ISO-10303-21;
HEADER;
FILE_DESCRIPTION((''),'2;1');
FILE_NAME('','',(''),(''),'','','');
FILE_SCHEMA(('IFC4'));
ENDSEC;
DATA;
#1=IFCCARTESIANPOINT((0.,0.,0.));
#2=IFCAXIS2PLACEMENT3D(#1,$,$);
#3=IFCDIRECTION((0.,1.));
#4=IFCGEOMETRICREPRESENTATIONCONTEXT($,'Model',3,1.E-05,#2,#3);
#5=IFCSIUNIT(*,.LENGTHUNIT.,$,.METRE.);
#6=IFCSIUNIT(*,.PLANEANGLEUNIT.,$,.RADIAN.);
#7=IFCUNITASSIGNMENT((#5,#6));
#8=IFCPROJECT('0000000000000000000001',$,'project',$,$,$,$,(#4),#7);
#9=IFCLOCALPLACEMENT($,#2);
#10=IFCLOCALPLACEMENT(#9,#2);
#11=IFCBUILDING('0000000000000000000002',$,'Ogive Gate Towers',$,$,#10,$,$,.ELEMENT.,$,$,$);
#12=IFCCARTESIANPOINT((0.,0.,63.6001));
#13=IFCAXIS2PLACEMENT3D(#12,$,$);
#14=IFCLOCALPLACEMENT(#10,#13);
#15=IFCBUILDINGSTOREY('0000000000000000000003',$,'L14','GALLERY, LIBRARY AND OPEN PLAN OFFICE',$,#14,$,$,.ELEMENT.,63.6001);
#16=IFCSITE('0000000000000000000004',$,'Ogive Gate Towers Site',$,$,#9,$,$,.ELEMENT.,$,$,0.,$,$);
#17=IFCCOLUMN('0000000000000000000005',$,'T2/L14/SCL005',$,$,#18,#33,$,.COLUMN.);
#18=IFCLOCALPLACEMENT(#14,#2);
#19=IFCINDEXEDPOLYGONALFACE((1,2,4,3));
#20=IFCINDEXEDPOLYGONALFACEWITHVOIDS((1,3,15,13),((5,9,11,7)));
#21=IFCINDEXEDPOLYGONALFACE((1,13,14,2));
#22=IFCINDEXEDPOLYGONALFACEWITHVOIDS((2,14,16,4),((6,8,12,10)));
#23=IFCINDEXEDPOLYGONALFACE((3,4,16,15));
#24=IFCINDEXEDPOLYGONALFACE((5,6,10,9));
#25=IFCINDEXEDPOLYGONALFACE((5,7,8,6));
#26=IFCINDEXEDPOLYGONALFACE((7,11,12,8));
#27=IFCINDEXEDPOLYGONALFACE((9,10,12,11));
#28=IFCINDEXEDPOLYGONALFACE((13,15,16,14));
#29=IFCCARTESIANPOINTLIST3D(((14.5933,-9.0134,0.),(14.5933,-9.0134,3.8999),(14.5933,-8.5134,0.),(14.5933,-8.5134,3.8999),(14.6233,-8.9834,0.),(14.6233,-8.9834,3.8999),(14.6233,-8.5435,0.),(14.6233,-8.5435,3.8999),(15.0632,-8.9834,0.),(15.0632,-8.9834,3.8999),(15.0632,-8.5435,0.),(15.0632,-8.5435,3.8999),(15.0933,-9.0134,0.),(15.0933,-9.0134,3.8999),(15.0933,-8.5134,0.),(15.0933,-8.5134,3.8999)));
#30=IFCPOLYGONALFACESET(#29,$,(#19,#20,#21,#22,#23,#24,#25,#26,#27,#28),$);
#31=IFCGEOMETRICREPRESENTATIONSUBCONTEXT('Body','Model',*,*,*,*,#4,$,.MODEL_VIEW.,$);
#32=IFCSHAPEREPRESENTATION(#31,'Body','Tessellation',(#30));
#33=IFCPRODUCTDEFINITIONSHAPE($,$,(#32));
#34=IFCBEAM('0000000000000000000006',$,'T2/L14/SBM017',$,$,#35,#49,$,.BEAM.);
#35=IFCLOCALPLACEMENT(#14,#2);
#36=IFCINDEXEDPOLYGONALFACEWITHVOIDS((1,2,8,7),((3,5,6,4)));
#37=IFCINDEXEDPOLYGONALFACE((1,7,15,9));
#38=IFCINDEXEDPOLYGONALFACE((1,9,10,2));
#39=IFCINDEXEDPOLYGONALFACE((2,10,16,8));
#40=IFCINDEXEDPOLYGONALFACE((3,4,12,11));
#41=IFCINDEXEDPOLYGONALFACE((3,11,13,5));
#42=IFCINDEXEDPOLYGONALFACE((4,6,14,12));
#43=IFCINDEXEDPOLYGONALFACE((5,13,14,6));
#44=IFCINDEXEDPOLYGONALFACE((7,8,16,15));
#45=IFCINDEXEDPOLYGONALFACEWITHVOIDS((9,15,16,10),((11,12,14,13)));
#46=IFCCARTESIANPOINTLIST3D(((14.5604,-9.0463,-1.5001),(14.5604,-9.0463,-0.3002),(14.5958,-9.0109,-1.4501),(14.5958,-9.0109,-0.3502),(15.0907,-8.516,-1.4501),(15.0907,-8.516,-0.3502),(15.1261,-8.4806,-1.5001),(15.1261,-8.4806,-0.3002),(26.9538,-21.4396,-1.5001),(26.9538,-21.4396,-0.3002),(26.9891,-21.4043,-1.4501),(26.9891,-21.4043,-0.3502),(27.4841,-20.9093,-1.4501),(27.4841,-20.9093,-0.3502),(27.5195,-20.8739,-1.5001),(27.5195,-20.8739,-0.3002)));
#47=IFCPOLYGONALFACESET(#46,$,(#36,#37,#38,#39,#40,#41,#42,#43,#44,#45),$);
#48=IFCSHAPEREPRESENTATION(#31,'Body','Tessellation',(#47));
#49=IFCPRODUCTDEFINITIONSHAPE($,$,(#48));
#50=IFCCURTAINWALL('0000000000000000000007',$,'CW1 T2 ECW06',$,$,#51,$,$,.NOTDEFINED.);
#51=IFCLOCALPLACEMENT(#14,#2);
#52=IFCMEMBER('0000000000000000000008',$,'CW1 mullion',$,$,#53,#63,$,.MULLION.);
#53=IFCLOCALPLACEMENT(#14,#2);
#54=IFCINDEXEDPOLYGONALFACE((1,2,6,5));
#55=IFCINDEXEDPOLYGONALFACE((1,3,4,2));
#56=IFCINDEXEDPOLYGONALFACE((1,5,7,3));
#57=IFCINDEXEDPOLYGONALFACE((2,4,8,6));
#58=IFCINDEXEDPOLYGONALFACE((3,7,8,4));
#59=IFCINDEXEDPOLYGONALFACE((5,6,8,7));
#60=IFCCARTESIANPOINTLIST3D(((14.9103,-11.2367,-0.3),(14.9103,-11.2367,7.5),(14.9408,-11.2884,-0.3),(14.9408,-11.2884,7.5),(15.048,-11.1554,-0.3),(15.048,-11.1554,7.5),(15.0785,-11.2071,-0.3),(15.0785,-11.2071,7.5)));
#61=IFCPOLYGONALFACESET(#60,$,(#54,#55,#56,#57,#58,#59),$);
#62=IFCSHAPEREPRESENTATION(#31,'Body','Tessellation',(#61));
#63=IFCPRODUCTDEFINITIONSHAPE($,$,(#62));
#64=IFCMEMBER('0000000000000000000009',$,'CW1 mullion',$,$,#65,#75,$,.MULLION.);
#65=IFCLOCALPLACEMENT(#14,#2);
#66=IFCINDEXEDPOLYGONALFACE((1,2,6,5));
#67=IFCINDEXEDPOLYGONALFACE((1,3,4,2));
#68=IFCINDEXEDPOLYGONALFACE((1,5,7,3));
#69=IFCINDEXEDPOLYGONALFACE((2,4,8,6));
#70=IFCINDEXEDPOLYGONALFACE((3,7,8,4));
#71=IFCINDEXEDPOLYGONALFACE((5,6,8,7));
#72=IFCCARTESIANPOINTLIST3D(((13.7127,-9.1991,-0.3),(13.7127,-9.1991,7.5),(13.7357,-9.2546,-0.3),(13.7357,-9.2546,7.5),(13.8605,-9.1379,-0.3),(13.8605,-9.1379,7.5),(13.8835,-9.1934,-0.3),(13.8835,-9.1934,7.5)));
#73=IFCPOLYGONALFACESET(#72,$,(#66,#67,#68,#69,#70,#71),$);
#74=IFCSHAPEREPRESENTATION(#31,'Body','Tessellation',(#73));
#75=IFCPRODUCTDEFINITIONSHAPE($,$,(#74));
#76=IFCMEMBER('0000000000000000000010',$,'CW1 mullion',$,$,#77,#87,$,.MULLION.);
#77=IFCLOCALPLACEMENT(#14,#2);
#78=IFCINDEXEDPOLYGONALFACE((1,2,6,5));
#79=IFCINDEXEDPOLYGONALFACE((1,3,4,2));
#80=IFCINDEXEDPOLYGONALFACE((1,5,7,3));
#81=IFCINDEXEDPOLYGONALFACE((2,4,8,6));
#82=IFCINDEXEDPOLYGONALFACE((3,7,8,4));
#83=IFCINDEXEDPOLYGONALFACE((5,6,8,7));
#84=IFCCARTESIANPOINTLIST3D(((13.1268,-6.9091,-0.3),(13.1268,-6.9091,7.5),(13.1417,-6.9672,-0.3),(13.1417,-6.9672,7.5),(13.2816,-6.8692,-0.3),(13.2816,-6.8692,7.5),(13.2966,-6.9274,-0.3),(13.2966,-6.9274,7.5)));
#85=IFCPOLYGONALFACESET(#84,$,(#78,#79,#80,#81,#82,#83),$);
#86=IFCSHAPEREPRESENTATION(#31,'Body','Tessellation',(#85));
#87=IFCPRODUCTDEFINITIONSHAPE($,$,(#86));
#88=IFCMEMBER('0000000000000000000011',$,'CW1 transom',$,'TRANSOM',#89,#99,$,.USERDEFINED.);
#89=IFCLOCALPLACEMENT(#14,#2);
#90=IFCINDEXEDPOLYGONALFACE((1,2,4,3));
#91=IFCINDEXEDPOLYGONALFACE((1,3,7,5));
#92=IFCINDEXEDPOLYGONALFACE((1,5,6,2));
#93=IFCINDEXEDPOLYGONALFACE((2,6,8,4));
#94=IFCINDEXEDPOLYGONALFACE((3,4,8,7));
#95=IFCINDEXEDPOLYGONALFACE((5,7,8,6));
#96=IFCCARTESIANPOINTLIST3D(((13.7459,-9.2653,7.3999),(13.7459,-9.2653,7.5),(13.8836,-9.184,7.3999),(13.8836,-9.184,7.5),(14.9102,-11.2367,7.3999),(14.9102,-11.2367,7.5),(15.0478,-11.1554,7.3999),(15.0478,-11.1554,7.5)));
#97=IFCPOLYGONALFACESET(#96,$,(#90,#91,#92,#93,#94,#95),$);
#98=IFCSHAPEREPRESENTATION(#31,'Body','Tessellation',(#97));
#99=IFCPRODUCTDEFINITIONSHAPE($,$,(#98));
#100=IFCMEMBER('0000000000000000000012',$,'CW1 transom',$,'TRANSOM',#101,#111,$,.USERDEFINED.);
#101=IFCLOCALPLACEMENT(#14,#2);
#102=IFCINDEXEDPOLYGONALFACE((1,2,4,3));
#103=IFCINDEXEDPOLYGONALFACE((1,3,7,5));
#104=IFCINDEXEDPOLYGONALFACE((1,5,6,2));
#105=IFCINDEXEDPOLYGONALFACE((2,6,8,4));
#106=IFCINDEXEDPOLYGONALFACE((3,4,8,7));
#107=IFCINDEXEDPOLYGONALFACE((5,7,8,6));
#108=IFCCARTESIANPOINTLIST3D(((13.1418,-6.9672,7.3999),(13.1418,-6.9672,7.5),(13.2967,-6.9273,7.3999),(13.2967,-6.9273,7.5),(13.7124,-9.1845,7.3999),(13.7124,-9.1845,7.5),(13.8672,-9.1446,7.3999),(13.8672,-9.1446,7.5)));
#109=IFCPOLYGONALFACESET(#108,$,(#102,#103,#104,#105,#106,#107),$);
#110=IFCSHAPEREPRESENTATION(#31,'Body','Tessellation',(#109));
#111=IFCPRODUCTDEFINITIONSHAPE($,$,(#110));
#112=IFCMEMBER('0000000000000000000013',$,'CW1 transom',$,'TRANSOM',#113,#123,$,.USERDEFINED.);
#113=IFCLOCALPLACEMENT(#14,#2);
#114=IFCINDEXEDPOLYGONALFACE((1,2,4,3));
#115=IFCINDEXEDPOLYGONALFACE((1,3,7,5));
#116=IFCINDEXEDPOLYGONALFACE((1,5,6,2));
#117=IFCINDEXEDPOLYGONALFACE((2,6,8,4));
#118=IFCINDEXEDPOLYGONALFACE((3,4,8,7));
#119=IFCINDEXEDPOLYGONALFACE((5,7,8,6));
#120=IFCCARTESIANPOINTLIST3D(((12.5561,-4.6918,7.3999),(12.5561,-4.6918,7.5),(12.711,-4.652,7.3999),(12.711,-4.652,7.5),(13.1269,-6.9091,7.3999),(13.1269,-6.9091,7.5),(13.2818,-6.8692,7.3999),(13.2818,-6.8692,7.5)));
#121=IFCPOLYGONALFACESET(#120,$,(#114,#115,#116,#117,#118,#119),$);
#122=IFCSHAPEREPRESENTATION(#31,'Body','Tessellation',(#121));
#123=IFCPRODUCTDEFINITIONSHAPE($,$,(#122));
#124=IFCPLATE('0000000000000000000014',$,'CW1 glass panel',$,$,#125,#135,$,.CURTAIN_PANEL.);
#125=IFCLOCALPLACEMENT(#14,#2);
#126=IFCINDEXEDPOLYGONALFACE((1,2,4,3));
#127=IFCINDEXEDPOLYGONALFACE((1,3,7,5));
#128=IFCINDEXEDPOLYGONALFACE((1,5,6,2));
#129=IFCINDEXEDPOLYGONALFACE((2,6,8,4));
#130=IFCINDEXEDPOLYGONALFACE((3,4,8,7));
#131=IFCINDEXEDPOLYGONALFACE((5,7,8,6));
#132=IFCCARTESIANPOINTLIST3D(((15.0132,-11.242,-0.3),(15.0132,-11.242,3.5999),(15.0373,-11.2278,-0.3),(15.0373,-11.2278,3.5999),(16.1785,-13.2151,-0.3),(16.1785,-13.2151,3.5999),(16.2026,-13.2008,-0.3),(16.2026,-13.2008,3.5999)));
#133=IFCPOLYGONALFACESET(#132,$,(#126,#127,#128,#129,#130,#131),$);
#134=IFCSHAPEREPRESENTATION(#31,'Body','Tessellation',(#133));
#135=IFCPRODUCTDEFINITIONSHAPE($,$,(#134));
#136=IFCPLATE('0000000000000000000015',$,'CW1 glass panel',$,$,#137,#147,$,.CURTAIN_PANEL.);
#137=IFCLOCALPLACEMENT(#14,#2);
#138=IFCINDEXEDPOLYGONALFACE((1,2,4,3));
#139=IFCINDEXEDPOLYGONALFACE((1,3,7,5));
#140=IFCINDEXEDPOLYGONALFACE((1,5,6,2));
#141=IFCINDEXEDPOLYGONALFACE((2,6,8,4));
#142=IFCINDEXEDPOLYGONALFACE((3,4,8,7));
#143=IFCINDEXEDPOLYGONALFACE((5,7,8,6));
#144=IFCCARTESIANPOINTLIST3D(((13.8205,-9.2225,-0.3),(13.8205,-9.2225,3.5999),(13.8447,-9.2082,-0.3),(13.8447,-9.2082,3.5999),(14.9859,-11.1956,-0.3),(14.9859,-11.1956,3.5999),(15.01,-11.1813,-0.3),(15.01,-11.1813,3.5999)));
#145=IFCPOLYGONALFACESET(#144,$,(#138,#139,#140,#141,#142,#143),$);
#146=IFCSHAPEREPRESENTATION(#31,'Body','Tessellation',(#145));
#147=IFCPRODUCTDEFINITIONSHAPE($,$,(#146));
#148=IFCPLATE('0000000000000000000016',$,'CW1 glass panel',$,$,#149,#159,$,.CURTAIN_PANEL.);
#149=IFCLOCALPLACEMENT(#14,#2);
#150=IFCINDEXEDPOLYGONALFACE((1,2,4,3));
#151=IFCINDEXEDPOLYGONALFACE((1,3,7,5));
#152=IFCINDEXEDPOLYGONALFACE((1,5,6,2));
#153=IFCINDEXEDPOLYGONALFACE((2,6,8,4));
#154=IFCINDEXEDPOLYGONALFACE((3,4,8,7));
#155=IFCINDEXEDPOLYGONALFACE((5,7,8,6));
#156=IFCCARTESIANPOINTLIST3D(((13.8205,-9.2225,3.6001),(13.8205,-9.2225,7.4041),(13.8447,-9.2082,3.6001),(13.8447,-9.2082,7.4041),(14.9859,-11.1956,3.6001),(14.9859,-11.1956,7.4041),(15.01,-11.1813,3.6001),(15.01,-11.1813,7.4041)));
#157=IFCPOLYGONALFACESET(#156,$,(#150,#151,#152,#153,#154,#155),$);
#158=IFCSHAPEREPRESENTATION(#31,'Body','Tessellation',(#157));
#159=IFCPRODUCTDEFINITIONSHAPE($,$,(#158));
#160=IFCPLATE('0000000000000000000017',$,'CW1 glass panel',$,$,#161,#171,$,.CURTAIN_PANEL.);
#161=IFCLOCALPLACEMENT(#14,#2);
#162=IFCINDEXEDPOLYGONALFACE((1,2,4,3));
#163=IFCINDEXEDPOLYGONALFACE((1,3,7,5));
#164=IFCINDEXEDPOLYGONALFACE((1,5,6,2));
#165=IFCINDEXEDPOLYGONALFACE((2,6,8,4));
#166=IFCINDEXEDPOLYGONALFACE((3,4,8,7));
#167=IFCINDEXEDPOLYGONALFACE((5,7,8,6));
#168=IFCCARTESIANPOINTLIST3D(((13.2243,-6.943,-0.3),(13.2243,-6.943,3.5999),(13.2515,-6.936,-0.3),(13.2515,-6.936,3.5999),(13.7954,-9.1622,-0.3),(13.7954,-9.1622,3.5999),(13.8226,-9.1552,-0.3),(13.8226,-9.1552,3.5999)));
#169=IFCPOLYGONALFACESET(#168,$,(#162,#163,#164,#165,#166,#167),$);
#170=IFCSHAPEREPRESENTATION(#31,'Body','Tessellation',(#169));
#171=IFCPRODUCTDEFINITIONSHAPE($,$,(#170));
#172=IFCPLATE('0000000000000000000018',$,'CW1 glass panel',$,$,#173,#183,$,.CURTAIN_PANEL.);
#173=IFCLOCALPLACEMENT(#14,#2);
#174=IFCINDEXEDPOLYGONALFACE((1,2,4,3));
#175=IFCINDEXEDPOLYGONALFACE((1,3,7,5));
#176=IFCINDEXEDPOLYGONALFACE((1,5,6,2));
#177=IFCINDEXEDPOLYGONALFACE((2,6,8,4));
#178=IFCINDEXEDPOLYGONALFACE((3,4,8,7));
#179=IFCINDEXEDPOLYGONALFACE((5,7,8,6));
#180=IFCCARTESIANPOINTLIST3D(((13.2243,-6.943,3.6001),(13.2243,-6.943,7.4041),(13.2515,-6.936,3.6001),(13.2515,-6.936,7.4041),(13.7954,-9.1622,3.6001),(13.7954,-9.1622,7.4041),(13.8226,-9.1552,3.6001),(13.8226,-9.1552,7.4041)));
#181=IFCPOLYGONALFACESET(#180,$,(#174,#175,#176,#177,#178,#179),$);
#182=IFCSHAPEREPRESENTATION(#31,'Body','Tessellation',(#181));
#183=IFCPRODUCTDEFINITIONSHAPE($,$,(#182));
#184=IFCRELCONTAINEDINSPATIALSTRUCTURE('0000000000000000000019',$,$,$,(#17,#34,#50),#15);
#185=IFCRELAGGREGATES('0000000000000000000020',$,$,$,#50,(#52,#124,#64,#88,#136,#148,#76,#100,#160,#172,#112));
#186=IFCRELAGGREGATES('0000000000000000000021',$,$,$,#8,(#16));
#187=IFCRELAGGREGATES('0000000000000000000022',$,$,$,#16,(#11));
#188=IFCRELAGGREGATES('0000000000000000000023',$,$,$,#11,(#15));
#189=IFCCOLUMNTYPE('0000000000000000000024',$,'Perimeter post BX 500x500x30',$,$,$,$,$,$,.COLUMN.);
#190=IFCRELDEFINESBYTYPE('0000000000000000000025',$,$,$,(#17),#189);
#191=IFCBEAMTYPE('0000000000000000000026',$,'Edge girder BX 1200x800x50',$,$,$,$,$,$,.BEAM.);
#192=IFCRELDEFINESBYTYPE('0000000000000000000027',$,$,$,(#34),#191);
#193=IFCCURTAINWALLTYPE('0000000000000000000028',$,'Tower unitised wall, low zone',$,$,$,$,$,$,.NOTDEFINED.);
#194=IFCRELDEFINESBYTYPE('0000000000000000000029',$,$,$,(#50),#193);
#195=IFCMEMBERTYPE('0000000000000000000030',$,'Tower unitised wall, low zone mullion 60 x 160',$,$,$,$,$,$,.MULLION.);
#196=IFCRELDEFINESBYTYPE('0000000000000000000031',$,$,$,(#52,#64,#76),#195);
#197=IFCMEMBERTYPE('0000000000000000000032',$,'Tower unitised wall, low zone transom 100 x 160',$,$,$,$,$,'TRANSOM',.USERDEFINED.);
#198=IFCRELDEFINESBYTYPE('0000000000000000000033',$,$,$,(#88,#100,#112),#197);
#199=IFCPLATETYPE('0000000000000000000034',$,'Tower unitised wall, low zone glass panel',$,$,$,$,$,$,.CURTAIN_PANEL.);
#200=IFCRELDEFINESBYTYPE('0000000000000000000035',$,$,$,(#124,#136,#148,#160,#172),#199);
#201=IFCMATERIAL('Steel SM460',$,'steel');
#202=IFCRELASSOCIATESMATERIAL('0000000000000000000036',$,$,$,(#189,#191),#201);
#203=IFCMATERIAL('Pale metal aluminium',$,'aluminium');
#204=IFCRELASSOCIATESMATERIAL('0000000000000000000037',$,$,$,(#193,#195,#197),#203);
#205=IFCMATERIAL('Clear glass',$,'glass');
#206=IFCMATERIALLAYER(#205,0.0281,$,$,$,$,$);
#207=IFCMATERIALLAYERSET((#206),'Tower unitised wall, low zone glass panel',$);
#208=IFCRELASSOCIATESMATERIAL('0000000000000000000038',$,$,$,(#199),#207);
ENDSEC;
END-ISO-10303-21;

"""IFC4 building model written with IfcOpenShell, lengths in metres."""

from ifc_helpers import new_model, si_unit, direction, frame, origin, origin_2d, place, context, subcontext, project, spatial, rectangle, hollow_rectangle, extrude, material, layer, layer_set, material_profile, profile_set, type_object, element, aggregate, save


model = new_model("IFC4")

# Units and contexts
model_context = context("Model", 3, precision=1e-05, world=origin(), true_north=direction((0.0, 1.0)))
body_context = subcontext(model_context, "Body", "Model", "MODEL_VIEW")
ifc_project = project(units=[si_unit("LENGTHUNIT", "METRE"), si_unit("PLANEANGLEUNIT", "RADIAN")], contexts=[model_context])

# Site, building, storey
site_placement = place(None, origin())
site = spatial("IfcSite", under=ifc_project, at=site_placement, Name="Ogive Gate Towers Site", CompositionType="ELEMENT", RefElevation=0.0)
building_placement = place(site_placement, origin())
building = spatial("IfcBuilding", under=site, at=building_placement, Name="Ogive Gate Towers", CompositionType="ELEMENT")
storey_placement = place(building_placement, frame((0.0, 0.0, 63.6001)))
storey = spatial("IfcBuildingStorey", under=building, at=storey_placement, Name="L14", Description="GALLERY, LIBRARY AND OPEN PLAN OFFICE", CompositionType="ELEMENT", Elevation=63.6001)

# Column
ifc_material_1 = material(Name="Steel SM460", Category="steel")
ifc_material_profile_1 = material_profile(ifc_material_1, hollow_rectangle(XDim=0.5, YDim=0.5, WallThickness=0.03, at=origin_2d()), Name="BX 500x500x30")
ifc_profile_set_1 = profile_set([ifc_material_profile_1], Name="Steel SM460")
column_type = type_object("IfcColumnType", Name="Perimeter post BX 500x500x30", PredefinedType="COLUMN", material=ifc_profile_set_1)
column_placement = place(storey_placement, frame((14.8433, -8.7634, 0.0), z_axis=(0.0, 0.0, 1.0), x_axis=(1.0, 0.0, 0.0)))
element("IfcColumn", 1, at=column_placement, inside=storey, type_object=column_type, Name="T2/L14/SCL005", PredefinedType="COLUMN", context=body_context, shape_type="SweptSolid", body=[
    extrude(hollow_rectangle(XDim=0.5, YDim=0.5, WallThickness=0.03, at=origin_2d()), origin(), (0.0, 0.0, 1.0), 3.8999),
])

# Beam
ifc_material_profile_2 = material_profile(ifc_material_1, hollow_rectangle(XDim=0.8, YDim=1.2, WallThickness=0.05, at=origin_2d()), Name="BX 1200x800x50")
ifc_profile_set_2 = profile_set([ifc_material_profile_2], Name="Steel SM460")
beam_type = type_object("IfcBeamType", Name="Edge girder BX 1200x800x50", PredefinedType="BEAM", material=ifc_profile_set_2)
beam_placement = place(storey_placement, frame((14.8433, -8.7634, -0.9001), z_axis=(0.707107, -0.707107, 0.0), x_axis=(0.707107, 0.707107, 0.0)))
element("IfcBeam", 2, at=beam_placement, inside=storey, type_object=beam_type, Name="T2/L14/SBM017", PredefinedType="BEAM", context=body_context, shape_type="SweptSolid", body=[
    extrude(hollow_rectangle(XDim=0.8, YDim=1.2, WallThickness=0.05, at=origin_2d()), origin(), (0.0, 0.0, 1.0), 17.5269),
])

# Curtain wall, members, plates
ifc_material_2 = material(Name="Pale metal aluminium", Category="aluminium")
curtain_wall_type = type_object("IfcCurtainWallType", Name="Tower unitised wall, low zone", PredefinedType="NOTDEFINED", material=ifc_material_2)
curtain_wall_placement = place(storey_placement, origin())
curtain_wall = element("IfcCurtainWall", 3, at=curtain_wall_placement, inside=storey, type_object=curtain_wall_type, Name="CW1 T2 ECW06", PredefinedType="NOTDEFINED")
ifc_material_profile_3 = material_profile(ifc_material_2, rectangle(XDim=0.1599, YDim=0.0601, at=origin_2d()), Name="60 x 160 aluminium box")
ifc_profile_set_3 = profile_set([ifc_material_profile_3], Name="Pale metal aluminium")
member_type_1 = type_object("IfcMemberType", Name="Tower unitised wall, low zone mullion 60 x 160", PredefinedType="MULLION", material=ifc_profile_set_3)
member_1_placement = place(storey_placement, frame((14.9944, -11.2219, -0.3), z_axis=(0.0, 0.0, 1.0), x_axis=(0.861035, 0.508546, 0.0)))
member_1 = element("IfcMember", 4, at=member_1_placement, type_object=member_type_1, Name="CW1 mullion", PredefinedType="MULLION", context=body_context, shape_type="SweptSolid", body=[
    extrude(rectangle(XDim=0.1599, YDim=0.0601, at=origin_2d()), origin(), (0.0, 0.0, 1.0), 7.8),
])
member_2_placement = place(storey_placement, frame((13.7981, -9.1963, -0.3), z_axis=(0.0, 0.0, 1.0), x_axis=(0.92388, 0.382683, 0.0)))
member_2 = element("IfcMember", 5, at=member_2_placement, type_object=member_type_1, Name="CW1 mullion", PredefinedType="MULLION", context=body_context, shape_type="SweptSolid", body=[
    extrude(rectangle(XDim=0.1599, YDim=0.0601, at=origin_2d()), origin(), (0.0, 0.0, 1.0), 7.8),
])
member_3_placement = place(storey_placement, frame((13.2117, -6.9182, -0.3), z_axis=(0.0, 0.0, 1.0), x_axis=(0.96844, 0.249248, 0.0)))
member_3 = element("IfcMember", 6, at=member_3_placement, type_object=member_type_1, Name="CW1 mullion", PredefinedType="MULLION", context=body_context, shape_type="SweptSolid", body=[
    extrude(rectangle(XDim=0.1599, YDim=0.0601, at=origin_2d()), origin(), (0.0, 0.0, 1.0), 7.8),
])
ifc_material_profile_4 = material_profile(ifc_material_2, rectangle(XDim=0.1599, YDim=0.1001, at=origin_2d()), Name="100 x 160 aluminium box")
ifc_profile_set_4 = profile_set([ifc_material_profile_4], Name="Pale metal aluminium")
member_type_2 = type_object("IfcMemberType", Name="Tower unitised wall, low zone transom 100 x 160", ElementType="TRANSOM", PredefinedType="USERDEFINED", material=ifc_profile_set_4)
member_4_placement = place(storey_placement, frame((14.979, -11.196, 7.45), z_axis=(-0.508525, 0.861048, 0.0), x_axis=(-0.861048, -0.508525, 0.0)))
member_4 = element("IfcMember", 7, at=member_4_placement, type_object=member_type_2, Name="CW1 transom", ObjectType="TRANSOM", PredefinedType="USERDEFINED", context=body_context, shape_type="SweptSolid", body=[
    extrude(rectangle(XDim=0.1599, YDim=0.1001, at=origin_2d()), origin(), (0.0, 0.0, 1.0), 2.2896),
])
member_5_placement = place(storey_placement, frame((13.7898, -9.1646, 7.45), z_axis=(-0.249204, 0.968451, 0.0), x_axis=(-0.968451, -0.249204, 0.0)))
member_5 = element("IfcMember", 8, at=member_5_placement, type_object=member_type_2, Name="CW1 transom", ObjectType="TRANSOM", PredefinedType="USERDEFINED", context=body_context, shape_type="SweptSolid", body=[
    extrude(rectangle(XDim=0.1599, YDim=0.1001, at=origin_2d()), origin(), (0.0, 0.0, 1.0), 2.2896),
])
member_6_placement = place(storey_placement, frame((13.2043, -6.8892, 7.45), z_axis=(-0.249304, 0.968425, 0.0), x_axis=(-0.968425, -0.249304, 0.0)))
member_6 = element("IfcMember", 9, at=member_6_placement, type_object=member_type_2, Name="CW1 transom", ObjectType="TRANSOM", PredefinedType="USERDEFINED", context=body_context, shape_type="SweptSolid", body=[
    extrude(rectangle(XDim=0.1599, YDim=0.1001, at=origin_2d()), origin(), (0.0, 0.0, 1.0), 2.2896),
])
ifc_material_3 = material(Name="Clear glass", Category="glass")
ifc_layer_1 = layer(ifc_material_3, 0.0281)
ifc_layer_set_1 = layer_set([ifc_layer_1], Name="Tower unitised wall, low zone glass panel")
plate_type = type_object("IfcPlateType", Name="Tower unitised wall, low zone glass panel", PredefinedType="CURTAIN_PANEL", material=ifc_layer_set_1)
plate_1_placement = place(storey_placement, frame((15.6079, -12.2214, -0.3), z_axis=(0.0, 0.0, 1.0), x_axis=(-0.508531, 0.861044, 0.0)))
plate_1 = element("IfcPlate", 10, at=plate_1_placement, type_object=plate_type, Name="CW1 glass panel", PredefinedType="CURTAIN_PANEL", context=body_context, shape_type="SweptSolid", body=[
    extrude(rectangle(XDim=2.2915, YDim=0.0281, at=origin_2d()), origin(), (0.0, 0.0, 1.0), 3.8999),
])
plate_2_placement = place(storey_placement, frame((14.4153, -10.2019, -0.3), z_axis=(0.0, 0.0, 1.0), x_axis=(-0.508546, 0.861035, 0.0)))
plate_2 = element("IfcPlate", 11, at=plate_2_placement, type_object=plate_type, Name="CW1 glass panel", PredefinedType="CURTAIN_PANEL", context=body_context, shape_type="SweptSolid", body=[
    extrude(rectangle(XDim=2.2915, YDim=0.0281, at=origin_2d()), origin(), (0.0, 0.0, 1.0), 3.8999),
])
plate_3_placement = place(storey_placement, frame((14.4153, -10.2019, 3.6001), z_axis=(0.0, 0.0, 1.0), x_axis=(-0.508546, 0.861035, 0.0)))
plate_3 = element("IfcPlate", 12, at=plate_3_placement, type_object=plate_type, Name="CW1 glass panel", PredefinedType="CURTAIN_PANEL", context=body_context, shape_type="SweptSolid", body=[
    extrude(rectangle(XDim=2.2915, YDim=0.0281, at=origin_2d()), origin(), (0.0, 0.0, 1.0), 3.804),
])
plate_4_placement = place(storey_placement, frame((13.5234, -8.0491, -0.3), z_axis=(0.0, 0.0, 1.0), x_axis=(-0.249248, 0.96844, 0.0)))
plate_4 = element("IfcPlate", 13, at=plate_4_placement, type_object=plate_type, Name="CW1 glass panel", PredefinedType="CURTAIN_PANEL", context=body_context, shape_type="SweptSolid", body=[
    extrude(rectangle(XDim=2.2915, YDim=0.0281, at=origin_2d()), origin(), (0.0, 0.0, 1.0), 3.8999),
])
plate_5_placement = place(storey_placement, frame((13.5234, -8.0491, 3.6001), z_axis=(0.0, 0.0, 1.0), x_axis=(-0.249248, 0.96844, 0.0)))
plate_5 = element("IfcPlate", 14, at=plate_5_placement, type_object=plate_type, Name="CW1 glass panel", PredefinedType="CURTAIN_PANEL", context=body_context, shape_type="SweptSolid", body=[
    extrude(rectangle(XDim=2.2915, YDim=0.0281, at=origin_2d()), origin(), (0.0, 0.0, 1.0), 3.804),
])
aggregate(curtain_wall, [member_1, plate_1, member_2, member_4, plate_2, plate_3, member_3, member_5, plate_4, plate_5, member_6])

save(model, "model.ifc")
